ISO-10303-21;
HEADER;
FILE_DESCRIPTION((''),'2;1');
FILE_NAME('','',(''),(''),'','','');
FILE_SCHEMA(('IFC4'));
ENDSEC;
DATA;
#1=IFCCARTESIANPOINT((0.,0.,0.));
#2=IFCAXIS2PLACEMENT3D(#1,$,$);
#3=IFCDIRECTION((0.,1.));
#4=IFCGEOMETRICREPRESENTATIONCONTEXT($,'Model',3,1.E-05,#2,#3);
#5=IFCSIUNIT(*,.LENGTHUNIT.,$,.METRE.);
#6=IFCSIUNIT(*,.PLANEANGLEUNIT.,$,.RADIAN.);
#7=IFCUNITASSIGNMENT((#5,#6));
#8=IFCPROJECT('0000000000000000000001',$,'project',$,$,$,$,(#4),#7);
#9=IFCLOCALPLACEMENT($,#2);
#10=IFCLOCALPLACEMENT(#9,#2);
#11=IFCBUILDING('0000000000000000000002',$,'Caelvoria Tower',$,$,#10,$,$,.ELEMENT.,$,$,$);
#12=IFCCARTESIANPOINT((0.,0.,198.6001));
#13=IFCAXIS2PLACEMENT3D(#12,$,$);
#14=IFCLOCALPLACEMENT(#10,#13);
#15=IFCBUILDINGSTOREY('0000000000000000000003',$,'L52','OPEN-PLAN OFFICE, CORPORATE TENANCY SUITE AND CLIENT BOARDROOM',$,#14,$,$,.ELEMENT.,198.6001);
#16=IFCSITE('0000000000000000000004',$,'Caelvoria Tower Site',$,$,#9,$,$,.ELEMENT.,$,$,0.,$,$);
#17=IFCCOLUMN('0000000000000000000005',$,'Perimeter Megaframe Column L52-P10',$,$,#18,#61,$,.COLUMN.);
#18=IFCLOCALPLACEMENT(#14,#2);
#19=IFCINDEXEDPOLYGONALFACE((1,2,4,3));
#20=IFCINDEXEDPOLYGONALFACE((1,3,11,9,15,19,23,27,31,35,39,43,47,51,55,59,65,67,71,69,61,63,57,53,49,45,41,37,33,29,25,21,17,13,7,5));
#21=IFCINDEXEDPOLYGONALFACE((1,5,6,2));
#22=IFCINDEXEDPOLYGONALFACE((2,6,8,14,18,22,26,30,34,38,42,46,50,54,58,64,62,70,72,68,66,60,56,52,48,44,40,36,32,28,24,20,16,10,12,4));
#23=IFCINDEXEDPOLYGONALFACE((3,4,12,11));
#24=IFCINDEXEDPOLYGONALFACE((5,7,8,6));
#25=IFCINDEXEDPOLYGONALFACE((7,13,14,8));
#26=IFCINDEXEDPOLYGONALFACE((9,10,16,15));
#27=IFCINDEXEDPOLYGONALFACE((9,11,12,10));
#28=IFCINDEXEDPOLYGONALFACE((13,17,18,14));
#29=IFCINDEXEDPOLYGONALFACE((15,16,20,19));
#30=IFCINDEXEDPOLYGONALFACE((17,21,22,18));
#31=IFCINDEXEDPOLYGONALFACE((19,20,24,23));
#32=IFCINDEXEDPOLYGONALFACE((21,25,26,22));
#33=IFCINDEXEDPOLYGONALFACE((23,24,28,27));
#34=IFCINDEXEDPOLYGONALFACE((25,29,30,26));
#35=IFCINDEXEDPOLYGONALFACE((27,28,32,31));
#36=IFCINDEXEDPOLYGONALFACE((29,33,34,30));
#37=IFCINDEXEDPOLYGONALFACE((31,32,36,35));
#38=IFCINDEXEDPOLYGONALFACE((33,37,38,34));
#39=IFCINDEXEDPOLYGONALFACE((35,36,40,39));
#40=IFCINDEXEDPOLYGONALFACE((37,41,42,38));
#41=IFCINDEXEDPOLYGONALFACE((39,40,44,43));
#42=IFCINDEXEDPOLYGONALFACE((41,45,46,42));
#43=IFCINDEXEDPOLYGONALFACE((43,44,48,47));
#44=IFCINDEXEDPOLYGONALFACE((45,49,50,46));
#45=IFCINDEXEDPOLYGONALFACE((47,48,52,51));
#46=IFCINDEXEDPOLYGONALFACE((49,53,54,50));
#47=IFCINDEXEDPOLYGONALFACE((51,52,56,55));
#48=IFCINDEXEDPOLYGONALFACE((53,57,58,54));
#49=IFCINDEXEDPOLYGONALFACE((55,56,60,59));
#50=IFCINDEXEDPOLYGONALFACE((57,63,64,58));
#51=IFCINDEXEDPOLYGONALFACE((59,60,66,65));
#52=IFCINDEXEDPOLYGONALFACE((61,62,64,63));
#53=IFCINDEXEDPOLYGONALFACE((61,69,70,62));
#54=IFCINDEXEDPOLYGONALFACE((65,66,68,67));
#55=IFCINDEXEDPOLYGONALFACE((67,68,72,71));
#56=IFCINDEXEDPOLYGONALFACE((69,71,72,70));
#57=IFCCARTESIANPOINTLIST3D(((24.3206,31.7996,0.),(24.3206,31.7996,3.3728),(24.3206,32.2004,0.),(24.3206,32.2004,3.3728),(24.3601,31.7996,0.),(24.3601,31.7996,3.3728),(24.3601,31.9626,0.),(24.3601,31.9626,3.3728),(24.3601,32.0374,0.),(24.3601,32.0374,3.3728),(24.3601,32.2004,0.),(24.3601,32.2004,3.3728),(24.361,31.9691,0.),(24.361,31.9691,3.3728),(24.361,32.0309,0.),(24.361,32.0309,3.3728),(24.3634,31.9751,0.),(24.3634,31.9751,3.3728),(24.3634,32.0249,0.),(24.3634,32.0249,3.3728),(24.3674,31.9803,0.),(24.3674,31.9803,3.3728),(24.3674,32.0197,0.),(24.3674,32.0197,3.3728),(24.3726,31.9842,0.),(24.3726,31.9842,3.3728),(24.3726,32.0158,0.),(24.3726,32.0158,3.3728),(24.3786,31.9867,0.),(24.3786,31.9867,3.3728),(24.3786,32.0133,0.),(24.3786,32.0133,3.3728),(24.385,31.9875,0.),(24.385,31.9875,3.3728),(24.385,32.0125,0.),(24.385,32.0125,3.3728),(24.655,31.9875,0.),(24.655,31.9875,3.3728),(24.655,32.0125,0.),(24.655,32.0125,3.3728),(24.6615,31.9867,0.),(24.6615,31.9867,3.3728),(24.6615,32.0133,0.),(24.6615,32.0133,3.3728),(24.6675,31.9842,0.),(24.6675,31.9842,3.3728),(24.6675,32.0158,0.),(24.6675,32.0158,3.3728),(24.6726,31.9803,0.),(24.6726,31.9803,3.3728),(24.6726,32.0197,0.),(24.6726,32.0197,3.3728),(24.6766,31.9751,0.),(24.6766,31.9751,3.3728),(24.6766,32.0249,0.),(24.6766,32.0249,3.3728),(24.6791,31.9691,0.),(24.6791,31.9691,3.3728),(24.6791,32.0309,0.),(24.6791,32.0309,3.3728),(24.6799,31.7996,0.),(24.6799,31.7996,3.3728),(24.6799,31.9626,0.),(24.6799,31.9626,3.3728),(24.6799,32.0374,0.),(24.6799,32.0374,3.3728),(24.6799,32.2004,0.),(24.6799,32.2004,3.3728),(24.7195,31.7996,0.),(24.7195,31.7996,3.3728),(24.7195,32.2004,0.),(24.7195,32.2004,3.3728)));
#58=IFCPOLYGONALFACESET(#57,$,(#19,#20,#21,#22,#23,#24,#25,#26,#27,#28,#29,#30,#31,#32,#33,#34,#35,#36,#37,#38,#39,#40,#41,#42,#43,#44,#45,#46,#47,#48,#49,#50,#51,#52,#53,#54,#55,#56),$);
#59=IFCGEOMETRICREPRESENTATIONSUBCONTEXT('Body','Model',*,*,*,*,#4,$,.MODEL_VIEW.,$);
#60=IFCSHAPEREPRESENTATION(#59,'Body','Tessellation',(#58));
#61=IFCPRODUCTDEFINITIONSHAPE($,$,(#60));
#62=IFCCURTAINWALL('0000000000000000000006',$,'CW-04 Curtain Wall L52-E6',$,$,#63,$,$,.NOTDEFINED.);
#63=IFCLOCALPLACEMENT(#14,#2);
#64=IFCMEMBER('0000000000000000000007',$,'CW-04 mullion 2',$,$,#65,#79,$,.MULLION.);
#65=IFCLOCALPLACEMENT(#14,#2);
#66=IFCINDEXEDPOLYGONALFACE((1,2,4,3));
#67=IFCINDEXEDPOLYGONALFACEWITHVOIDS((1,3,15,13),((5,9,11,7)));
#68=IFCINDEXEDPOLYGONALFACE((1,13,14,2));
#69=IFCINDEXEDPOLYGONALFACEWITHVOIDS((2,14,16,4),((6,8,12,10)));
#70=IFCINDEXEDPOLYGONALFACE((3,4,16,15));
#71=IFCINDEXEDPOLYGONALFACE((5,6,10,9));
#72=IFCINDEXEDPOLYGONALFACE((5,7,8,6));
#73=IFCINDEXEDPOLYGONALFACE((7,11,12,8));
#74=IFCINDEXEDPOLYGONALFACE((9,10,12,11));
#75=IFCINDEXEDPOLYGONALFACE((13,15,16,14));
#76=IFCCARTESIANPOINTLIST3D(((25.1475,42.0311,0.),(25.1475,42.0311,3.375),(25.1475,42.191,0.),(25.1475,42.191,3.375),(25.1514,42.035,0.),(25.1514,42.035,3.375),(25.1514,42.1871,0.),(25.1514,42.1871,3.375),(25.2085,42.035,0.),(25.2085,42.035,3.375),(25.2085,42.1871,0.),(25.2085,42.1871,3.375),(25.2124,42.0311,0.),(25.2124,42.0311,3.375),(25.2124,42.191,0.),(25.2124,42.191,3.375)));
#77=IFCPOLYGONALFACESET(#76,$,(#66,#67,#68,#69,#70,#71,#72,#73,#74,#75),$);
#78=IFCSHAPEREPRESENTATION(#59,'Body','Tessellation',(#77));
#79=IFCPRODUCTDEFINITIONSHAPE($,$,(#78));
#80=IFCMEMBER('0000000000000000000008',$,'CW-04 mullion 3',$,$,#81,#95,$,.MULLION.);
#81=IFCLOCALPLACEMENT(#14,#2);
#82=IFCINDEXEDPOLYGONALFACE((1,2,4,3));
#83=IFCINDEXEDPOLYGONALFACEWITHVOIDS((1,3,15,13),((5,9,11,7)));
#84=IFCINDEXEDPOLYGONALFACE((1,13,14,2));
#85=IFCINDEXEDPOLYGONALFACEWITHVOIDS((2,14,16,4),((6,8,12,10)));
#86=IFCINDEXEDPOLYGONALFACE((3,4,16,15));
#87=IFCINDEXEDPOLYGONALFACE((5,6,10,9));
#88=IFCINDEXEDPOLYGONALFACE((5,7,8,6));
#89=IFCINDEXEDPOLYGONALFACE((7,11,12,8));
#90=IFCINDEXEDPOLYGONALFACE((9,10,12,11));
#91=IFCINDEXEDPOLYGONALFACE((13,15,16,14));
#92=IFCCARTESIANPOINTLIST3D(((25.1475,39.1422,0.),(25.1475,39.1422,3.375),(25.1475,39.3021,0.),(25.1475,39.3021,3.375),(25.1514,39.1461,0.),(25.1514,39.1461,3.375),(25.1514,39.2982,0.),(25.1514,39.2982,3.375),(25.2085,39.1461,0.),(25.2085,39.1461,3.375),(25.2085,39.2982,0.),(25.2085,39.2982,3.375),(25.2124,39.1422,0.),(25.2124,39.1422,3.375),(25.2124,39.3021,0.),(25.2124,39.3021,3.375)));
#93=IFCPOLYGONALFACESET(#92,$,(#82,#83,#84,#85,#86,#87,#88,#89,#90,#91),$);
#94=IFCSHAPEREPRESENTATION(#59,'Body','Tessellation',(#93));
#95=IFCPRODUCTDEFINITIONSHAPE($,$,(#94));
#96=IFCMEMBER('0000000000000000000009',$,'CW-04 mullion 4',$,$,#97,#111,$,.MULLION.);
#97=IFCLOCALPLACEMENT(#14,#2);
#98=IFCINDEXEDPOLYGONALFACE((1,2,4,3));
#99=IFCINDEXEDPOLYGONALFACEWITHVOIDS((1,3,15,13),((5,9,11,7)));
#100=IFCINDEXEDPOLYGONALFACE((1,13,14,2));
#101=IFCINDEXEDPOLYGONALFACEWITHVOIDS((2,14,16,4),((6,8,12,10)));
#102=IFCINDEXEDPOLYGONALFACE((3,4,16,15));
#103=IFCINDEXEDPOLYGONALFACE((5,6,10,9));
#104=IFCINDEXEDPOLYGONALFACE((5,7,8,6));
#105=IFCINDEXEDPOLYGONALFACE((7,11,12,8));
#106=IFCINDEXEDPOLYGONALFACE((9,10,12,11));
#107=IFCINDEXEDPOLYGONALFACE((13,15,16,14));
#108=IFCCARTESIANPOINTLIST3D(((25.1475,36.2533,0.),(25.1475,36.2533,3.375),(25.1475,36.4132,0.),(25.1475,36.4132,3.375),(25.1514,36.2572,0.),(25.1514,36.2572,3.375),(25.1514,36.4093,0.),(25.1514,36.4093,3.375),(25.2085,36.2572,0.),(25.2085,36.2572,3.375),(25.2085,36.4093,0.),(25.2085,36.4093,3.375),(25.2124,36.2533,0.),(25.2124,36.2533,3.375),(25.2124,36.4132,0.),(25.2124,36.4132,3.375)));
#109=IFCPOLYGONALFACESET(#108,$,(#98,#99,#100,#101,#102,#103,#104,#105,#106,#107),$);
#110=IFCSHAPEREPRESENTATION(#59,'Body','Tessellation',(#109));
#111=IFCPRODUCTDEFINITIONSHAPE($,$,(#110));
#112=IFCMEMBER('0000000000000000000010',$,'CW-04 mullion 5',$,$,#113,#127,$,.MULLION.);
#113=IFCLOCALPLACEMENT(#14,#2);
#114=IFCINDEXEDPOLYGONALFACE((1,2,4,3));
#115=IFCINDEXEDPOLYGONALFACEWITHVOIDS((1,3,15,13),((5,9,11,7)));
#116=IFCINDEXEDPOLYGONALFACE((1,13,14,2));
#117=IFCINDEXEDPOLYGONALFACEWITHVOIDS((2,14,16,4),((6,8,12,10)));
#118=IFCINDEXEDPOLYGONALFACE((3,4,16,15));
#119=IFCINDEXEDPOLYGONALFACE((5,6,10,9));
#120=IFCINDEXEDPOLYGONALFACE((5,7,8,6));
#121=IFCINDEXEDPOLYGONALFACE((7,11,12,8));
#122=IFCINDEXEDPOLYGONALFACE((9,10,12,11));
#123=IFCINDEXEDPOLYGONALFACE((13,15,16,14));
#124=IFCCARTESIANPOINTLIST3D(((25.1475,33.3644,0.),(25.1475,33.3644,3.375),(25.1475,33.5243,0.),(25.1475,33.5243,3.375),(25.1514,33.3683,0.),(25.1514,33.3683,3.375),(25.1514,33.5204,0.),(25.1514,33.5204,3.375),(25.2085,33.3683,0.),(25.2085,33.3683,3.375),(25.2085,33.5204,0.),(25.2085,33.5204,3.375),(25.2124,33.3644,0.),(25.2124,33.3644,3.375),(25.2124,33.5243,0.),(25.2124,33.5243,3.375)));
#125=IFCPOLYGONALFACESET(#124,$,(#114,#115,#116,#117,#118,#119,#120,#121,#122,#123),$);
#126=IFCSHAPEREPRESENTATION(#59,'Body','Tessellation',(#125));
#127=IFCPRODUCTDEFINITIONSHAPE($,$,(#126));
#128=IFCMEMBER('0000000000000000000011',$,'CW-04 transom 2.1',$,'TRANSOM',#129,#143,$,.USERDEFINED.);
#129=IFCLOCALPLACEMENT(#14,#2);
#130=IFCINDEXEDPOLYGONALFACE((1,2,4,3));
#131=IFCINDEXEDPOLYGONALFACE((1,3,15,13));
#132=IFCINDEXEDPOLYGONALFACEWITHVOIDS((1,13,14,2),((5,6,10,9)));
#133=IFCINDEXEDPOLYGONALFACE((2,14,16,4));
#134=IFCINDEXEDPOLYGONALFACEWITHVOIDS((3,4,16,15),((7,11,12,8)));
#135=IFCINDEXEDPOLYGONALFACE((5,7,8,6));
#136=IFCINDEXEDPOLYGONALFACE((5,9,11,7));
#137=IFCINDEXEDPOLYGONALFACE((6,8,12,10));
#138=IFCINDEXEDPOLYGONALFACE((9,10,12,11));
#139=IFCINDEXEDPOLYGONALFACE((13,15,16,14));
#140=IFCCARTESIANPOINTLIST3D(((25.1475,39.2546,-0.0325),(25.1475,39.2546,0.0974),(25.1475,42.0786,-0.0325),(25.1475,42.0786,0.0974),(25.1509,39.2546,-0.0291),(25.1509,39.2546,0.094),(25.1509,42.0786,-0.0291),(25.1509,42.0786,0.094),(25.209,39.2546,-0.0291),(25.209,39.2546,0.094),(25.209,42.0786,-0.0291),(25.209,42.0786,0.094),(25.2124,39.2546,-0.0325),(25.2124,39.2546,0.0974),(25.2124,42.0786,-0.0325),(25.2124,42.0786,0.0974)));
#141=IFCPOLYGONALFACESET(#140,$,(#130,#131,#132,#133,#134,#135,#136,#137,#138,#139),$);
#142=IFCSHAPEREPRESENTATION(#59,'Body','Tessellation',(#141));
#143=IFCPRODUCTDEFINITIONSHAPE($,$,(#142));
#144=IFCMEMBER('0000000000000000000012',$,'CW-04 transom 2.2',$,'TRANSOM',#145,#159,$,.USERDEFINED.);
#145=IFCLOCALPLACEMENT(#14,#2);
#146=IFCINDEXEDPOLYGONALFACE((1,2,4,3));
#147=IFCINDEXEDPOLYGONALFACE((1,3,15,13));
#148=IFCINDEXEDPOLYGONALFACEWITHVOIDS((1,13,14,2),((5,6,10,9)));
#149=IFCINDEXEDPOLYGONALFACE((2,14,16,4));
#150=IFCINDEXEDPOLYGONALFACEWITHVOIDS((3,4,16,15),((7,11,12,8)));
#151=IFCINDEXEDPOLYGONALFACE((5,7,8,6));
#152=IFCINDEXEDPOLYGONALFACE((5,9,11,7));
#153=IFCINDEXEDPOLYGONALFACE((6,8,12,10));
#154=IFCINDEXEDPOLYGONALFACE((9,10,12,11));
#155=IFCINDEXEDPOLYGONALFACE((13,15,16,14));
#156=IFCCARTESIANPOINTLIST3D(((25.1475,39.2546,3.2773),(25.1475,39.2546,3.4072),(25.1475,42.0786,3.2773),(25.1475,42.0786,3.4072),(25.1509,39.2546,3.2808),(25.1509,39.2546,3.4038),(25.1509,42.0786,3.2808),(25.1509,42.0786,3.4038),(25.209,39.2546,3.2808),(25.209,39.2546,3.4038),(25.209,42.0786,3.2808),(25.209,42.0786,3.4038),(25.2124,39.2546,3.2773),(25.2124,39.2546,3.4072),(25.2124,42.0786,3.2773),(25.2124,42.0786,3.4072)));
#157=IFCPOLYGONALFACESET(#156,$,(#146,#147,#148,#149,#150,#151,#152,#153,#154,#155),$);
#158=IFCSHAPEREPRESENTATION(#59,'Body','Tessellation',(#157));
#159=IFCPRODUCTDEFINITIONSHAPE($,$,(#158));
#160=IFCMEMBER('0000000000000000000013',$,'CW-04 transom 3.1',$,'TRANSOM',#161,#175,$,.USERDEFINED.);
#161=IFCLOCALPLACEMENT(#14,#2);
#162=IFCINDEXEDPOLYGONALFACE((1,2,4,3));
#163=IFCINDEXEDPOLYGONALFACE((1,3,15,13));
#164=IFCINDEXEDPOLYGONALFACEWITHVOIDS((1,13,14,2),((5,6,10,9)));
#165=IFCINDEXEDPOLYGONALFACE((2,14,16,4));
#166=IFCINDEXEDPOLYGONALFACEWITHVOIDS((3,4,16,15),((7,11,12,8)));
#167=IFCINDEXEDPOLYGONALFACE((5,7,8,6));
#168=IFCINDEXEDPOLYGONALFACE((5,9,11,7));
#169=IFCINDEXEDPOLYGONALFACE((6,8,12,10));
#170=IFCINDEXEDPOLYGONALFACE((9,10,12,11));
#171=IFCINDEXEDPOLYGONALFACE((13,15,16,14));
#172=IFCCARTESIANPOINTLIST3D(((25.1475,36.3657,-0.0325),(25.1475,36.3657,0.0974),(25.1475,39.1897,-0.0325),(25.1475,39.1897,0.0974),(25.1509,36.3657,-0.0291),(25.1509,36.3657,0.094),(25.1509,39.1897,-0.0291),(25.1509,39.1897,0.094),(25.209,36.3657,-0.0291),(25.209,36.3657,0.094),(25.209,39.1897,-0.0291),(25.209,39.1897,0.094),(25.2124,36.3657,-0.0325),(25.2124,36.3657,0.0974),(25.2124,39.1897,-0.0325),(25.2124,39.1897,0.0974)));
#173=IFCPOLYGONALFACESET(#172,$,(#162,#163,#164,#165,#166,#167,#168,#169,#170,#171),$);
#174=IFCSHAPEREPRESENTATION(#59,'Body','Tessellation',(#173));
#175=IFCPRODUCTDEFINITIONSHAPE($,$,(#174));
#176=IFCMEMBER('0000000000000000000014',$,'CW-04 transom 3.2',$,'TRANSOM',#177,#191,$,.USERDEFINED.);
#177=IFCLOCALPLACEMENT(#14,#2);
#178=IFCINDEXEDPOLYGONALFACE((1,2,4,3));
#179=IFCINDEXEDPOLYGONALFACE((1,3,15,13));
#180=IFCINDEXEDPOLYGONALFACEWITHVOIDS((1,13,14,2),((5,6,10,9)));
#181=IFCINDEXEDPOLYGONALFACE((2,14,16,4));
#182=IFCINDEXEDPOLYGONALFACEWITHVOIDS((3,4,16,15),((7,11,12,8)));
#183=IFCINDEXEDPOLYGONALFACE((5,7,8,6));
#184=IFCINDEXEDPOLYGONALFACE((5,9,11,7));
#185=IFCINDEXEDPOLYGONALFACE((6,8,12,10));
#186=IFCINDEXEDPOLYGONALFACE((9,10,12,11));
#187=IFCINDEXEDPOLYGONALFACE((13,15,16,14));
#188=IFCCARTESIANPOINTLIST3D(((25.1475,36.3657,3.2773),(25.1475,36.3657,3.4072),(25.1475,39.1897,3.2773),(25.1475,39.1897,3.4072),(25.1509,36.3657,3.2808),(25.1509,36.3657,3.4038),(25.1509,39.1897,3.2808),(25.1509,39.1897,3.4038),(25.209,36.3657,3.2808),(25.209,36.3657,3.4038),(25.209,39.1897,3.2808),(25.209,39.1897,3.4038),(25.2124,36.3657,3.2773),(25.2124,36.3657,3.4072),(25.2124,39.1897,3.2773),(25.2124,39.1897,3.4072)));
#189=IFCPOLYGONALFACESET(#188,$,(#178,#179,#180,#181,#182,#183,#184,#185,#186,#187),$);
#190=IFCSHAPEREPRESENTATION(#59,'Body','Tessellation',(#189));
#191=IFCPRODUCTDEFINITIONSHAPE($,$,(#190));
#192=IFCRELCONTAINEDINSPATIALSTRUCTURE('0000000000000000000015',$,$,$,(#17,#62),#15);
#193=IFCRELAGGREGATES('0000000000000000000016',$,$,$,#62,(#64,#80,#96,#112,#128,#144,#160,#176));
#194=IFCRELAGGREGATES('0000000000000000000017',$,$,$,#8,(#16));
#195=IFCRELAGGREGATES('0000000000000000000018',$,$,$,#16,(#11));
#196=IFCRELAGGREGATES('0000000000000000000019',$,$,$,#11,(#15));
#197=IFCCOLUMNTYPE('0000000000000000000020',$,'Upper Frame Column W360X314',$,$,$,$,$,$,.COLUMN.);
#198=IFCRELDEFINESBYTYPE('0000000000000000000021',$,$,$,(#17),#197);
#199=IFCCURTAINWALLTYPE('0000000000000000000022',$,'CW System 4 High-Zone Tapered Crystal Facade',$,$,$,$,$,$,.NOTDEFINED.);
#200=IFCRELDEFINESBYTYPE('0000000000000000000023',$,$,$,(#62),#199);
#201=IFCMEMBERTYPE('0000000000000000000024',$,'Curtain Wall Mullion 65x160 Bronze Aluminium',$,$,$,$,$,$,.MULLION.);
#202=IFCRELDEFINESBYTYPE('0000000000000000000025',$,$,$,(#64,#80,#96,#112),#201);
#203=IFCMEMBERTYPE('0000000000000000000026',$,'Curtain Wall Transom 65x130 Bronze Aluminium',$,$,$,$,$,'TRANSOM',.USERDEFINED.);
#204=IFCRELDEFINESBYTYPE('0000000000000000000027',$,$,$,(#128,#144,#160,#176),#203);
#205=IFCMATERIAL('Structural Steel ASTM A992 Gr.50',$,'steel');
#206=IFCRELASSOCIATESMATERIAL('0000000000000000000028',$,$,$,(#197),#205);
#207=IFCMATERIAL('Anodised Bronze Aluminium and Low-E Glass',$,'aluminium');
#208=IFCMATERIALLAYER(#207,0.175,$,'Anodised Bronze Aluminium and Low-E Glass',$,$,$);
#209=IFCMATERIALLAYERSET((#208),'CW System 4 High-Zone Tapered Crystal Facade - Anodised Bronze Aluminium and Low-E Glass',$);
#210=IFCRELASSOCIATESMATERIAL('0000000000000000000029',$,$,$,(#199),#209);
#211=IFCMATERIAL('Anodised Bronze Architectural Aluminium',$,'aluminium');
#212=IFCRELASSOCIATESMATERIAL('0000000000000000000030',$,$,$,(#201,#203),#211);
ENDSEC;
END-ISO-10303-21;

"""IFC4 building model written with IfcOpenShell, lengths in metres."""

from ifc_helpers import new_model, si_unit, direction, frame, origin, origin_2d, place, context, subcontext, project, spatial, hollow_rectangle, i_section, extrude, material, layer, layer_set, material_profile, profile_set, type_object, element, aggregate, save


model = new_model("IFC4")

# Units and contexts
model_context = context("Model", 3, precision=1e-05, world=origin(), true_north=direction((0.0, 1.0)))
body_context = subcontext(model_context, "Body", "Model", "MODEL_VIEW")
ifc_project = project(units=[si_unit("LENGTHUNIT", "METRE"), si_unit("PLANEANGLEUNIT", "RADIAN")], contexts=[model_context])

# Site, building, storey
site_placement = place(None, origin())
site = spatial("IfcSite", under=ifc_project, at=site_placement, Name="Caelvoria Tower Site", CompositionType="ELEMENT", RefElevation=0.0)
building_placement = place(site_placement, origin())
building = spatial("IfcBuilding", under=site, at=building_placement, Name="Caelvoria Tower", CompositionType="ELEMENT")
storey_placement = place(building_placement, frame((0.0, 0.0, 198.6001)))
storey = spatial("IfcBuildingStorey", under=building, at=storey_placement, Name="L52", Description="OPEN-PLAN OFFICE, CORPORATE TENANCY SUITE AND CLIENT BOARDROOM", CompositionType="ELEMENT", Elevation=198.6001)

# Column
ifc_material_1 = material(Name="Structural Steel ASTM A992 Gr.50", Category="steel")
ifc_material_profile_1 = material_profile(ifc_material_1, i_section(OverallWidth=0.4009, OverallDepth=0.3989, WebThickness=0.0249, FlangeThickness=0.0396, FilletRadius=0.0249, at=origin_2d()), Name="Structural Steel ASTM A992 Gr.50")
ifc_profile_set_1 = profile_set([ifc_material_profile_1], Name="W360X314 - Structural Steel ASTM A992 Gr.50")
column_type = type_object("IfcColumnType", Name="Upper Frame Column W360X314", PredefinedType="COLUMN", material=ifc_profile_set_1)
column_placement = place(storey_placement, frame((24.52, 32.0, 0.0), z_axis=(0.0, 0.0, 1.0), x_axis=(0.0, 1.0, 0.0)))
element("IfcColumn", 1, at=column_placement, inside=storey, type_object=column_type, Name="Perimeter Megaframe Column L52-P10", PredefinedType="COLUMN", context=body_context, shape_type="SweptSolid", body=[
    extrude(i_section(OverallWidth=0.4009, OverallDepth=0.3989, WebThickness=0.0249, FlangeThickness=0.0396, FilletRadius=0.0249, at=origin_2d()), origin(), (0.0, 0.0, 1.0), 3.3728),
])

# Curtain wall, members
ifc_material_2 = material(Name="Anodised Bronze Aluminium and Low-E Glass", Category="aluminium")
ifc_layer_1 = layer(ifc_material_2, 0.175, Name="Anodised Bronze Aluminium and Low-E Glass")
ifc_layer_set_1 = layer_set([ifc_layer_1], Name="CW System 4 High-Zone Tapered Crystal Facade - Anodised Bronze Aluminium and Low-E Glass")
curtain_wall_type = type_object("IfcCurtainWallType", Name="CW System 4 High-Zone Tapered Crystal Facade", PredefinedType="NOTDEFINED", material=ifc_layer_set_1)
curtain_wall_placement = place(storey_placement, origin())
curtain_wall = element("IfcCurtainWall", 2, at=curtain_wall_placement, inside=storey, type_object=curtain_wall_type, Name="CW-04 Curtain Wall L52-E6", PredefinedType="NOTDEFINED")
ifc_material_3 = material(Name="Anodised Bronze Architectural Aluminium", Category="aluminium")
ifc_material_profile_2 = material_profile(ifc_material_3, hollow_rectangle(XDim=0.0649, YDim=0.1599, WallThickness=0.0039, at=origin_2d()), Name="Anodised Bronze Architectural Aluminium")
ifc_profile_set_2 = profile_set([ifc_material_profile_2], Name="CW_MULL_65X160 - Anodised Bronze Architectural Aluminium")
member_type_1 = type_object("IfcMemberType", Name="Curtain Wall Mullion 65x160 Bronze Aluminium", PredefinedType="MULLION", material=ifc_profile_set_2)
member_1_placement = place(storey_placement, frame((25.1799, 42.1111, 0.0), z_axis=(0.0, 0.0, 1.0), x_axis=(1.0, 0.0, 0.0)))
member_1 = element("IfcMember", 3, at=member_1_placement, type_object=member_type_1, Name="CW-04 mullion 2", PredefinedType="MULLION", context=body_context, shape_type="SweptSolid", body=[
    extrude(hollow_rectangle(XDim=0.0649, YDim=0.1599, WallThickness=0.0039, at=origin_2d()), origin(), (0.0, 0.0, 1.0), 3.375),
])
member_2_placement = place(storey_placement, frame((25.1799, 39.2222, 0.0), z_axis=(0.0, 0.0, 1.0), x_axis=(1.0, 0.0, 0.0)))
member_2 = element("IfcMember", 4, at=member_2_placement, type_object=member_type_1, Name="CW-04 mullion 3", PredefinedType="MULLION", context=body_context, shape_type="SweptSolid", body=[
    extrude(hollow_rectangle(XDim=0.0649, YDim=0.1599, WallThickness=0.0039, at=origin_2d()), origin(), (0.0, 0.0, 1.0), 3.375),
])
member_3_placement = place(storey_placement, frame((25.1799, 36.3333, 0.0), z_axis=(0.0, 0.0, 1.0), x_axis=(1.0, 0.0, 0.0)))
member_3 = element("IfcMember", 5, at=member_3_placement, type_object=member_type_1, Name="CW-04 mullion 4", PredefinedType="MULLION", context=body_context, shape_type="SweptSolid", body=[
    extrude(hollow_rectangle(XDim=0.0649, YDim=0.1599, WallThickness=0.0039, at=origin_2d()), origin(), (0.0, 0.0, 1.0), 3.375),
])
member_4_placement = place(storey_placement, frame((25.1799, 33.4443, 0.0), z_axis=(0.0, 0.0, 1.0), x_axis=(1.0, 0.0, 0.0)))
member_4 = element("IfcMember", 6, at=member_4_placement, type_object=member_type_1, Name="CW-04 mullion 5", PredefinedType="MULLION", context=body_context, shape_type="SweptSolid", body=[
    extrude(hollow_rectangle(XDim=0.0649, YDim=0.1599, WallThickness=0.0039, at=origin_2d()), origin(), (0.0, 0.0, 1.0), 3.375),
])
ifc_material_profile_3 = material_profile(ifc_material_3, hollow_rectangle(XDim=0.0649, YDim=0.1299, WallThickness=0.0034, at=origin_2d()), Name="Anodised Bronze Architectural Aluminium")
ifc_profile_set_3 = profile_set([ifc_material_profile_3], Name="CW_TRAN_65X130 - Anodised Bronze Architectural Aluminium")
member_type_2 = type_object("IfcMemberType", Name="Curtain Wall Transom 65x130 Bronze Aluminium", ElementType="TRANSOM", PredefinedType="USERDEFINED", material=ifc_profile_set_3)
member_5_placement = place(storey_placement, frame((25.1799, 42.0786, 0.0325), z_axis=(0.0, -1.0, 0.0), x_axis=(1.0, 0.0, 0.0)))
member_5 = element("IfcMember", 7, at=member_5_placement, type_object=member_type_2, Name="CW-04 transom 2.1", ObjectType="TRANSOM", PredefinedType="USERDEFINED", context=body_context, shape_type="SweptSolid", body=[
    extrude(hollow_rectangle(XDim=0.0649, YDim=0.1299, WallThickness=0.0034, at=origin_2d()), origin(), (0.0, 0.0, 1.0), 2.824),
])
member_6_placement = place(storey_placement, frame((25.1799, 42.0786, 3.3423), z_axis=(0.0, -1.0, 0.0), x_axis=(1.0, 0.0, 0.0)))
member_6 = element("IfcMember", 8, at=member_6_placement, type_object=member_type_2, Name="CW-04 transom 2.2", ObjectType="TRANSOM", PredefinedType="USERDEFINED", context=body_context, shape_type="SweptSolid", body=[
    extrude(hollow_rectangle(XDim=0.0649, YDim=0.1299, WallThickness=0.0034, at=origin_2d()), origin(), (0.0, 0.0, 1.0), 2.824),
])
member_7_placement = place(storey_placement, frame((25.1799, 39.1897, 0.0325), z_axis=(0.0, -1.0, 0.0), x_axis=(1.0, 0.0, 0.0)))
member_7 = element("IfcMember", 9, at=member_7_placement, type_object=member_type_2, Name="CW-04 transom 3.1", ObjectType="TRANSOM", PredefinedType="USERDEFINED", context=body_context, shape_type="SweptSolid", body=[
    extrude(hollow_rectangle(XDim=0.0649, YDim=0.1299, WallThickness=0.0034, at=origin_2d()), origin(), (0.0, 0.0, 1.0), 2.824),
])
member_8_placement = place(storey_placement, frame((25.1799, 39.1897, 3.3423), z_axis=(0.0, -1.0, 0.0), x_axis=(1.0, 0.0, 0.0)))
member_8 = element("IfcMember", 10, at=member_8_placement, type_object=member_type_2, Name="CW-04 transom 3.2", ObjectType="TRANSOM", PredefinedType="USERDEFINED", context=body_context, shape_type="SweptSolid", body=[
    extrude(hollow_rectangle(XDim=0.0649, YDim=0.1299, WallThickness=0.0034, at=origin_2d()), origin(), (0.0, 0.0, 1.0), 2.824),
])

aggregate(curtain_wall, [member_1, member_2, member_3, member_4, member_5, member_6, member_7, member_8])

save(model, "model.ifc")
